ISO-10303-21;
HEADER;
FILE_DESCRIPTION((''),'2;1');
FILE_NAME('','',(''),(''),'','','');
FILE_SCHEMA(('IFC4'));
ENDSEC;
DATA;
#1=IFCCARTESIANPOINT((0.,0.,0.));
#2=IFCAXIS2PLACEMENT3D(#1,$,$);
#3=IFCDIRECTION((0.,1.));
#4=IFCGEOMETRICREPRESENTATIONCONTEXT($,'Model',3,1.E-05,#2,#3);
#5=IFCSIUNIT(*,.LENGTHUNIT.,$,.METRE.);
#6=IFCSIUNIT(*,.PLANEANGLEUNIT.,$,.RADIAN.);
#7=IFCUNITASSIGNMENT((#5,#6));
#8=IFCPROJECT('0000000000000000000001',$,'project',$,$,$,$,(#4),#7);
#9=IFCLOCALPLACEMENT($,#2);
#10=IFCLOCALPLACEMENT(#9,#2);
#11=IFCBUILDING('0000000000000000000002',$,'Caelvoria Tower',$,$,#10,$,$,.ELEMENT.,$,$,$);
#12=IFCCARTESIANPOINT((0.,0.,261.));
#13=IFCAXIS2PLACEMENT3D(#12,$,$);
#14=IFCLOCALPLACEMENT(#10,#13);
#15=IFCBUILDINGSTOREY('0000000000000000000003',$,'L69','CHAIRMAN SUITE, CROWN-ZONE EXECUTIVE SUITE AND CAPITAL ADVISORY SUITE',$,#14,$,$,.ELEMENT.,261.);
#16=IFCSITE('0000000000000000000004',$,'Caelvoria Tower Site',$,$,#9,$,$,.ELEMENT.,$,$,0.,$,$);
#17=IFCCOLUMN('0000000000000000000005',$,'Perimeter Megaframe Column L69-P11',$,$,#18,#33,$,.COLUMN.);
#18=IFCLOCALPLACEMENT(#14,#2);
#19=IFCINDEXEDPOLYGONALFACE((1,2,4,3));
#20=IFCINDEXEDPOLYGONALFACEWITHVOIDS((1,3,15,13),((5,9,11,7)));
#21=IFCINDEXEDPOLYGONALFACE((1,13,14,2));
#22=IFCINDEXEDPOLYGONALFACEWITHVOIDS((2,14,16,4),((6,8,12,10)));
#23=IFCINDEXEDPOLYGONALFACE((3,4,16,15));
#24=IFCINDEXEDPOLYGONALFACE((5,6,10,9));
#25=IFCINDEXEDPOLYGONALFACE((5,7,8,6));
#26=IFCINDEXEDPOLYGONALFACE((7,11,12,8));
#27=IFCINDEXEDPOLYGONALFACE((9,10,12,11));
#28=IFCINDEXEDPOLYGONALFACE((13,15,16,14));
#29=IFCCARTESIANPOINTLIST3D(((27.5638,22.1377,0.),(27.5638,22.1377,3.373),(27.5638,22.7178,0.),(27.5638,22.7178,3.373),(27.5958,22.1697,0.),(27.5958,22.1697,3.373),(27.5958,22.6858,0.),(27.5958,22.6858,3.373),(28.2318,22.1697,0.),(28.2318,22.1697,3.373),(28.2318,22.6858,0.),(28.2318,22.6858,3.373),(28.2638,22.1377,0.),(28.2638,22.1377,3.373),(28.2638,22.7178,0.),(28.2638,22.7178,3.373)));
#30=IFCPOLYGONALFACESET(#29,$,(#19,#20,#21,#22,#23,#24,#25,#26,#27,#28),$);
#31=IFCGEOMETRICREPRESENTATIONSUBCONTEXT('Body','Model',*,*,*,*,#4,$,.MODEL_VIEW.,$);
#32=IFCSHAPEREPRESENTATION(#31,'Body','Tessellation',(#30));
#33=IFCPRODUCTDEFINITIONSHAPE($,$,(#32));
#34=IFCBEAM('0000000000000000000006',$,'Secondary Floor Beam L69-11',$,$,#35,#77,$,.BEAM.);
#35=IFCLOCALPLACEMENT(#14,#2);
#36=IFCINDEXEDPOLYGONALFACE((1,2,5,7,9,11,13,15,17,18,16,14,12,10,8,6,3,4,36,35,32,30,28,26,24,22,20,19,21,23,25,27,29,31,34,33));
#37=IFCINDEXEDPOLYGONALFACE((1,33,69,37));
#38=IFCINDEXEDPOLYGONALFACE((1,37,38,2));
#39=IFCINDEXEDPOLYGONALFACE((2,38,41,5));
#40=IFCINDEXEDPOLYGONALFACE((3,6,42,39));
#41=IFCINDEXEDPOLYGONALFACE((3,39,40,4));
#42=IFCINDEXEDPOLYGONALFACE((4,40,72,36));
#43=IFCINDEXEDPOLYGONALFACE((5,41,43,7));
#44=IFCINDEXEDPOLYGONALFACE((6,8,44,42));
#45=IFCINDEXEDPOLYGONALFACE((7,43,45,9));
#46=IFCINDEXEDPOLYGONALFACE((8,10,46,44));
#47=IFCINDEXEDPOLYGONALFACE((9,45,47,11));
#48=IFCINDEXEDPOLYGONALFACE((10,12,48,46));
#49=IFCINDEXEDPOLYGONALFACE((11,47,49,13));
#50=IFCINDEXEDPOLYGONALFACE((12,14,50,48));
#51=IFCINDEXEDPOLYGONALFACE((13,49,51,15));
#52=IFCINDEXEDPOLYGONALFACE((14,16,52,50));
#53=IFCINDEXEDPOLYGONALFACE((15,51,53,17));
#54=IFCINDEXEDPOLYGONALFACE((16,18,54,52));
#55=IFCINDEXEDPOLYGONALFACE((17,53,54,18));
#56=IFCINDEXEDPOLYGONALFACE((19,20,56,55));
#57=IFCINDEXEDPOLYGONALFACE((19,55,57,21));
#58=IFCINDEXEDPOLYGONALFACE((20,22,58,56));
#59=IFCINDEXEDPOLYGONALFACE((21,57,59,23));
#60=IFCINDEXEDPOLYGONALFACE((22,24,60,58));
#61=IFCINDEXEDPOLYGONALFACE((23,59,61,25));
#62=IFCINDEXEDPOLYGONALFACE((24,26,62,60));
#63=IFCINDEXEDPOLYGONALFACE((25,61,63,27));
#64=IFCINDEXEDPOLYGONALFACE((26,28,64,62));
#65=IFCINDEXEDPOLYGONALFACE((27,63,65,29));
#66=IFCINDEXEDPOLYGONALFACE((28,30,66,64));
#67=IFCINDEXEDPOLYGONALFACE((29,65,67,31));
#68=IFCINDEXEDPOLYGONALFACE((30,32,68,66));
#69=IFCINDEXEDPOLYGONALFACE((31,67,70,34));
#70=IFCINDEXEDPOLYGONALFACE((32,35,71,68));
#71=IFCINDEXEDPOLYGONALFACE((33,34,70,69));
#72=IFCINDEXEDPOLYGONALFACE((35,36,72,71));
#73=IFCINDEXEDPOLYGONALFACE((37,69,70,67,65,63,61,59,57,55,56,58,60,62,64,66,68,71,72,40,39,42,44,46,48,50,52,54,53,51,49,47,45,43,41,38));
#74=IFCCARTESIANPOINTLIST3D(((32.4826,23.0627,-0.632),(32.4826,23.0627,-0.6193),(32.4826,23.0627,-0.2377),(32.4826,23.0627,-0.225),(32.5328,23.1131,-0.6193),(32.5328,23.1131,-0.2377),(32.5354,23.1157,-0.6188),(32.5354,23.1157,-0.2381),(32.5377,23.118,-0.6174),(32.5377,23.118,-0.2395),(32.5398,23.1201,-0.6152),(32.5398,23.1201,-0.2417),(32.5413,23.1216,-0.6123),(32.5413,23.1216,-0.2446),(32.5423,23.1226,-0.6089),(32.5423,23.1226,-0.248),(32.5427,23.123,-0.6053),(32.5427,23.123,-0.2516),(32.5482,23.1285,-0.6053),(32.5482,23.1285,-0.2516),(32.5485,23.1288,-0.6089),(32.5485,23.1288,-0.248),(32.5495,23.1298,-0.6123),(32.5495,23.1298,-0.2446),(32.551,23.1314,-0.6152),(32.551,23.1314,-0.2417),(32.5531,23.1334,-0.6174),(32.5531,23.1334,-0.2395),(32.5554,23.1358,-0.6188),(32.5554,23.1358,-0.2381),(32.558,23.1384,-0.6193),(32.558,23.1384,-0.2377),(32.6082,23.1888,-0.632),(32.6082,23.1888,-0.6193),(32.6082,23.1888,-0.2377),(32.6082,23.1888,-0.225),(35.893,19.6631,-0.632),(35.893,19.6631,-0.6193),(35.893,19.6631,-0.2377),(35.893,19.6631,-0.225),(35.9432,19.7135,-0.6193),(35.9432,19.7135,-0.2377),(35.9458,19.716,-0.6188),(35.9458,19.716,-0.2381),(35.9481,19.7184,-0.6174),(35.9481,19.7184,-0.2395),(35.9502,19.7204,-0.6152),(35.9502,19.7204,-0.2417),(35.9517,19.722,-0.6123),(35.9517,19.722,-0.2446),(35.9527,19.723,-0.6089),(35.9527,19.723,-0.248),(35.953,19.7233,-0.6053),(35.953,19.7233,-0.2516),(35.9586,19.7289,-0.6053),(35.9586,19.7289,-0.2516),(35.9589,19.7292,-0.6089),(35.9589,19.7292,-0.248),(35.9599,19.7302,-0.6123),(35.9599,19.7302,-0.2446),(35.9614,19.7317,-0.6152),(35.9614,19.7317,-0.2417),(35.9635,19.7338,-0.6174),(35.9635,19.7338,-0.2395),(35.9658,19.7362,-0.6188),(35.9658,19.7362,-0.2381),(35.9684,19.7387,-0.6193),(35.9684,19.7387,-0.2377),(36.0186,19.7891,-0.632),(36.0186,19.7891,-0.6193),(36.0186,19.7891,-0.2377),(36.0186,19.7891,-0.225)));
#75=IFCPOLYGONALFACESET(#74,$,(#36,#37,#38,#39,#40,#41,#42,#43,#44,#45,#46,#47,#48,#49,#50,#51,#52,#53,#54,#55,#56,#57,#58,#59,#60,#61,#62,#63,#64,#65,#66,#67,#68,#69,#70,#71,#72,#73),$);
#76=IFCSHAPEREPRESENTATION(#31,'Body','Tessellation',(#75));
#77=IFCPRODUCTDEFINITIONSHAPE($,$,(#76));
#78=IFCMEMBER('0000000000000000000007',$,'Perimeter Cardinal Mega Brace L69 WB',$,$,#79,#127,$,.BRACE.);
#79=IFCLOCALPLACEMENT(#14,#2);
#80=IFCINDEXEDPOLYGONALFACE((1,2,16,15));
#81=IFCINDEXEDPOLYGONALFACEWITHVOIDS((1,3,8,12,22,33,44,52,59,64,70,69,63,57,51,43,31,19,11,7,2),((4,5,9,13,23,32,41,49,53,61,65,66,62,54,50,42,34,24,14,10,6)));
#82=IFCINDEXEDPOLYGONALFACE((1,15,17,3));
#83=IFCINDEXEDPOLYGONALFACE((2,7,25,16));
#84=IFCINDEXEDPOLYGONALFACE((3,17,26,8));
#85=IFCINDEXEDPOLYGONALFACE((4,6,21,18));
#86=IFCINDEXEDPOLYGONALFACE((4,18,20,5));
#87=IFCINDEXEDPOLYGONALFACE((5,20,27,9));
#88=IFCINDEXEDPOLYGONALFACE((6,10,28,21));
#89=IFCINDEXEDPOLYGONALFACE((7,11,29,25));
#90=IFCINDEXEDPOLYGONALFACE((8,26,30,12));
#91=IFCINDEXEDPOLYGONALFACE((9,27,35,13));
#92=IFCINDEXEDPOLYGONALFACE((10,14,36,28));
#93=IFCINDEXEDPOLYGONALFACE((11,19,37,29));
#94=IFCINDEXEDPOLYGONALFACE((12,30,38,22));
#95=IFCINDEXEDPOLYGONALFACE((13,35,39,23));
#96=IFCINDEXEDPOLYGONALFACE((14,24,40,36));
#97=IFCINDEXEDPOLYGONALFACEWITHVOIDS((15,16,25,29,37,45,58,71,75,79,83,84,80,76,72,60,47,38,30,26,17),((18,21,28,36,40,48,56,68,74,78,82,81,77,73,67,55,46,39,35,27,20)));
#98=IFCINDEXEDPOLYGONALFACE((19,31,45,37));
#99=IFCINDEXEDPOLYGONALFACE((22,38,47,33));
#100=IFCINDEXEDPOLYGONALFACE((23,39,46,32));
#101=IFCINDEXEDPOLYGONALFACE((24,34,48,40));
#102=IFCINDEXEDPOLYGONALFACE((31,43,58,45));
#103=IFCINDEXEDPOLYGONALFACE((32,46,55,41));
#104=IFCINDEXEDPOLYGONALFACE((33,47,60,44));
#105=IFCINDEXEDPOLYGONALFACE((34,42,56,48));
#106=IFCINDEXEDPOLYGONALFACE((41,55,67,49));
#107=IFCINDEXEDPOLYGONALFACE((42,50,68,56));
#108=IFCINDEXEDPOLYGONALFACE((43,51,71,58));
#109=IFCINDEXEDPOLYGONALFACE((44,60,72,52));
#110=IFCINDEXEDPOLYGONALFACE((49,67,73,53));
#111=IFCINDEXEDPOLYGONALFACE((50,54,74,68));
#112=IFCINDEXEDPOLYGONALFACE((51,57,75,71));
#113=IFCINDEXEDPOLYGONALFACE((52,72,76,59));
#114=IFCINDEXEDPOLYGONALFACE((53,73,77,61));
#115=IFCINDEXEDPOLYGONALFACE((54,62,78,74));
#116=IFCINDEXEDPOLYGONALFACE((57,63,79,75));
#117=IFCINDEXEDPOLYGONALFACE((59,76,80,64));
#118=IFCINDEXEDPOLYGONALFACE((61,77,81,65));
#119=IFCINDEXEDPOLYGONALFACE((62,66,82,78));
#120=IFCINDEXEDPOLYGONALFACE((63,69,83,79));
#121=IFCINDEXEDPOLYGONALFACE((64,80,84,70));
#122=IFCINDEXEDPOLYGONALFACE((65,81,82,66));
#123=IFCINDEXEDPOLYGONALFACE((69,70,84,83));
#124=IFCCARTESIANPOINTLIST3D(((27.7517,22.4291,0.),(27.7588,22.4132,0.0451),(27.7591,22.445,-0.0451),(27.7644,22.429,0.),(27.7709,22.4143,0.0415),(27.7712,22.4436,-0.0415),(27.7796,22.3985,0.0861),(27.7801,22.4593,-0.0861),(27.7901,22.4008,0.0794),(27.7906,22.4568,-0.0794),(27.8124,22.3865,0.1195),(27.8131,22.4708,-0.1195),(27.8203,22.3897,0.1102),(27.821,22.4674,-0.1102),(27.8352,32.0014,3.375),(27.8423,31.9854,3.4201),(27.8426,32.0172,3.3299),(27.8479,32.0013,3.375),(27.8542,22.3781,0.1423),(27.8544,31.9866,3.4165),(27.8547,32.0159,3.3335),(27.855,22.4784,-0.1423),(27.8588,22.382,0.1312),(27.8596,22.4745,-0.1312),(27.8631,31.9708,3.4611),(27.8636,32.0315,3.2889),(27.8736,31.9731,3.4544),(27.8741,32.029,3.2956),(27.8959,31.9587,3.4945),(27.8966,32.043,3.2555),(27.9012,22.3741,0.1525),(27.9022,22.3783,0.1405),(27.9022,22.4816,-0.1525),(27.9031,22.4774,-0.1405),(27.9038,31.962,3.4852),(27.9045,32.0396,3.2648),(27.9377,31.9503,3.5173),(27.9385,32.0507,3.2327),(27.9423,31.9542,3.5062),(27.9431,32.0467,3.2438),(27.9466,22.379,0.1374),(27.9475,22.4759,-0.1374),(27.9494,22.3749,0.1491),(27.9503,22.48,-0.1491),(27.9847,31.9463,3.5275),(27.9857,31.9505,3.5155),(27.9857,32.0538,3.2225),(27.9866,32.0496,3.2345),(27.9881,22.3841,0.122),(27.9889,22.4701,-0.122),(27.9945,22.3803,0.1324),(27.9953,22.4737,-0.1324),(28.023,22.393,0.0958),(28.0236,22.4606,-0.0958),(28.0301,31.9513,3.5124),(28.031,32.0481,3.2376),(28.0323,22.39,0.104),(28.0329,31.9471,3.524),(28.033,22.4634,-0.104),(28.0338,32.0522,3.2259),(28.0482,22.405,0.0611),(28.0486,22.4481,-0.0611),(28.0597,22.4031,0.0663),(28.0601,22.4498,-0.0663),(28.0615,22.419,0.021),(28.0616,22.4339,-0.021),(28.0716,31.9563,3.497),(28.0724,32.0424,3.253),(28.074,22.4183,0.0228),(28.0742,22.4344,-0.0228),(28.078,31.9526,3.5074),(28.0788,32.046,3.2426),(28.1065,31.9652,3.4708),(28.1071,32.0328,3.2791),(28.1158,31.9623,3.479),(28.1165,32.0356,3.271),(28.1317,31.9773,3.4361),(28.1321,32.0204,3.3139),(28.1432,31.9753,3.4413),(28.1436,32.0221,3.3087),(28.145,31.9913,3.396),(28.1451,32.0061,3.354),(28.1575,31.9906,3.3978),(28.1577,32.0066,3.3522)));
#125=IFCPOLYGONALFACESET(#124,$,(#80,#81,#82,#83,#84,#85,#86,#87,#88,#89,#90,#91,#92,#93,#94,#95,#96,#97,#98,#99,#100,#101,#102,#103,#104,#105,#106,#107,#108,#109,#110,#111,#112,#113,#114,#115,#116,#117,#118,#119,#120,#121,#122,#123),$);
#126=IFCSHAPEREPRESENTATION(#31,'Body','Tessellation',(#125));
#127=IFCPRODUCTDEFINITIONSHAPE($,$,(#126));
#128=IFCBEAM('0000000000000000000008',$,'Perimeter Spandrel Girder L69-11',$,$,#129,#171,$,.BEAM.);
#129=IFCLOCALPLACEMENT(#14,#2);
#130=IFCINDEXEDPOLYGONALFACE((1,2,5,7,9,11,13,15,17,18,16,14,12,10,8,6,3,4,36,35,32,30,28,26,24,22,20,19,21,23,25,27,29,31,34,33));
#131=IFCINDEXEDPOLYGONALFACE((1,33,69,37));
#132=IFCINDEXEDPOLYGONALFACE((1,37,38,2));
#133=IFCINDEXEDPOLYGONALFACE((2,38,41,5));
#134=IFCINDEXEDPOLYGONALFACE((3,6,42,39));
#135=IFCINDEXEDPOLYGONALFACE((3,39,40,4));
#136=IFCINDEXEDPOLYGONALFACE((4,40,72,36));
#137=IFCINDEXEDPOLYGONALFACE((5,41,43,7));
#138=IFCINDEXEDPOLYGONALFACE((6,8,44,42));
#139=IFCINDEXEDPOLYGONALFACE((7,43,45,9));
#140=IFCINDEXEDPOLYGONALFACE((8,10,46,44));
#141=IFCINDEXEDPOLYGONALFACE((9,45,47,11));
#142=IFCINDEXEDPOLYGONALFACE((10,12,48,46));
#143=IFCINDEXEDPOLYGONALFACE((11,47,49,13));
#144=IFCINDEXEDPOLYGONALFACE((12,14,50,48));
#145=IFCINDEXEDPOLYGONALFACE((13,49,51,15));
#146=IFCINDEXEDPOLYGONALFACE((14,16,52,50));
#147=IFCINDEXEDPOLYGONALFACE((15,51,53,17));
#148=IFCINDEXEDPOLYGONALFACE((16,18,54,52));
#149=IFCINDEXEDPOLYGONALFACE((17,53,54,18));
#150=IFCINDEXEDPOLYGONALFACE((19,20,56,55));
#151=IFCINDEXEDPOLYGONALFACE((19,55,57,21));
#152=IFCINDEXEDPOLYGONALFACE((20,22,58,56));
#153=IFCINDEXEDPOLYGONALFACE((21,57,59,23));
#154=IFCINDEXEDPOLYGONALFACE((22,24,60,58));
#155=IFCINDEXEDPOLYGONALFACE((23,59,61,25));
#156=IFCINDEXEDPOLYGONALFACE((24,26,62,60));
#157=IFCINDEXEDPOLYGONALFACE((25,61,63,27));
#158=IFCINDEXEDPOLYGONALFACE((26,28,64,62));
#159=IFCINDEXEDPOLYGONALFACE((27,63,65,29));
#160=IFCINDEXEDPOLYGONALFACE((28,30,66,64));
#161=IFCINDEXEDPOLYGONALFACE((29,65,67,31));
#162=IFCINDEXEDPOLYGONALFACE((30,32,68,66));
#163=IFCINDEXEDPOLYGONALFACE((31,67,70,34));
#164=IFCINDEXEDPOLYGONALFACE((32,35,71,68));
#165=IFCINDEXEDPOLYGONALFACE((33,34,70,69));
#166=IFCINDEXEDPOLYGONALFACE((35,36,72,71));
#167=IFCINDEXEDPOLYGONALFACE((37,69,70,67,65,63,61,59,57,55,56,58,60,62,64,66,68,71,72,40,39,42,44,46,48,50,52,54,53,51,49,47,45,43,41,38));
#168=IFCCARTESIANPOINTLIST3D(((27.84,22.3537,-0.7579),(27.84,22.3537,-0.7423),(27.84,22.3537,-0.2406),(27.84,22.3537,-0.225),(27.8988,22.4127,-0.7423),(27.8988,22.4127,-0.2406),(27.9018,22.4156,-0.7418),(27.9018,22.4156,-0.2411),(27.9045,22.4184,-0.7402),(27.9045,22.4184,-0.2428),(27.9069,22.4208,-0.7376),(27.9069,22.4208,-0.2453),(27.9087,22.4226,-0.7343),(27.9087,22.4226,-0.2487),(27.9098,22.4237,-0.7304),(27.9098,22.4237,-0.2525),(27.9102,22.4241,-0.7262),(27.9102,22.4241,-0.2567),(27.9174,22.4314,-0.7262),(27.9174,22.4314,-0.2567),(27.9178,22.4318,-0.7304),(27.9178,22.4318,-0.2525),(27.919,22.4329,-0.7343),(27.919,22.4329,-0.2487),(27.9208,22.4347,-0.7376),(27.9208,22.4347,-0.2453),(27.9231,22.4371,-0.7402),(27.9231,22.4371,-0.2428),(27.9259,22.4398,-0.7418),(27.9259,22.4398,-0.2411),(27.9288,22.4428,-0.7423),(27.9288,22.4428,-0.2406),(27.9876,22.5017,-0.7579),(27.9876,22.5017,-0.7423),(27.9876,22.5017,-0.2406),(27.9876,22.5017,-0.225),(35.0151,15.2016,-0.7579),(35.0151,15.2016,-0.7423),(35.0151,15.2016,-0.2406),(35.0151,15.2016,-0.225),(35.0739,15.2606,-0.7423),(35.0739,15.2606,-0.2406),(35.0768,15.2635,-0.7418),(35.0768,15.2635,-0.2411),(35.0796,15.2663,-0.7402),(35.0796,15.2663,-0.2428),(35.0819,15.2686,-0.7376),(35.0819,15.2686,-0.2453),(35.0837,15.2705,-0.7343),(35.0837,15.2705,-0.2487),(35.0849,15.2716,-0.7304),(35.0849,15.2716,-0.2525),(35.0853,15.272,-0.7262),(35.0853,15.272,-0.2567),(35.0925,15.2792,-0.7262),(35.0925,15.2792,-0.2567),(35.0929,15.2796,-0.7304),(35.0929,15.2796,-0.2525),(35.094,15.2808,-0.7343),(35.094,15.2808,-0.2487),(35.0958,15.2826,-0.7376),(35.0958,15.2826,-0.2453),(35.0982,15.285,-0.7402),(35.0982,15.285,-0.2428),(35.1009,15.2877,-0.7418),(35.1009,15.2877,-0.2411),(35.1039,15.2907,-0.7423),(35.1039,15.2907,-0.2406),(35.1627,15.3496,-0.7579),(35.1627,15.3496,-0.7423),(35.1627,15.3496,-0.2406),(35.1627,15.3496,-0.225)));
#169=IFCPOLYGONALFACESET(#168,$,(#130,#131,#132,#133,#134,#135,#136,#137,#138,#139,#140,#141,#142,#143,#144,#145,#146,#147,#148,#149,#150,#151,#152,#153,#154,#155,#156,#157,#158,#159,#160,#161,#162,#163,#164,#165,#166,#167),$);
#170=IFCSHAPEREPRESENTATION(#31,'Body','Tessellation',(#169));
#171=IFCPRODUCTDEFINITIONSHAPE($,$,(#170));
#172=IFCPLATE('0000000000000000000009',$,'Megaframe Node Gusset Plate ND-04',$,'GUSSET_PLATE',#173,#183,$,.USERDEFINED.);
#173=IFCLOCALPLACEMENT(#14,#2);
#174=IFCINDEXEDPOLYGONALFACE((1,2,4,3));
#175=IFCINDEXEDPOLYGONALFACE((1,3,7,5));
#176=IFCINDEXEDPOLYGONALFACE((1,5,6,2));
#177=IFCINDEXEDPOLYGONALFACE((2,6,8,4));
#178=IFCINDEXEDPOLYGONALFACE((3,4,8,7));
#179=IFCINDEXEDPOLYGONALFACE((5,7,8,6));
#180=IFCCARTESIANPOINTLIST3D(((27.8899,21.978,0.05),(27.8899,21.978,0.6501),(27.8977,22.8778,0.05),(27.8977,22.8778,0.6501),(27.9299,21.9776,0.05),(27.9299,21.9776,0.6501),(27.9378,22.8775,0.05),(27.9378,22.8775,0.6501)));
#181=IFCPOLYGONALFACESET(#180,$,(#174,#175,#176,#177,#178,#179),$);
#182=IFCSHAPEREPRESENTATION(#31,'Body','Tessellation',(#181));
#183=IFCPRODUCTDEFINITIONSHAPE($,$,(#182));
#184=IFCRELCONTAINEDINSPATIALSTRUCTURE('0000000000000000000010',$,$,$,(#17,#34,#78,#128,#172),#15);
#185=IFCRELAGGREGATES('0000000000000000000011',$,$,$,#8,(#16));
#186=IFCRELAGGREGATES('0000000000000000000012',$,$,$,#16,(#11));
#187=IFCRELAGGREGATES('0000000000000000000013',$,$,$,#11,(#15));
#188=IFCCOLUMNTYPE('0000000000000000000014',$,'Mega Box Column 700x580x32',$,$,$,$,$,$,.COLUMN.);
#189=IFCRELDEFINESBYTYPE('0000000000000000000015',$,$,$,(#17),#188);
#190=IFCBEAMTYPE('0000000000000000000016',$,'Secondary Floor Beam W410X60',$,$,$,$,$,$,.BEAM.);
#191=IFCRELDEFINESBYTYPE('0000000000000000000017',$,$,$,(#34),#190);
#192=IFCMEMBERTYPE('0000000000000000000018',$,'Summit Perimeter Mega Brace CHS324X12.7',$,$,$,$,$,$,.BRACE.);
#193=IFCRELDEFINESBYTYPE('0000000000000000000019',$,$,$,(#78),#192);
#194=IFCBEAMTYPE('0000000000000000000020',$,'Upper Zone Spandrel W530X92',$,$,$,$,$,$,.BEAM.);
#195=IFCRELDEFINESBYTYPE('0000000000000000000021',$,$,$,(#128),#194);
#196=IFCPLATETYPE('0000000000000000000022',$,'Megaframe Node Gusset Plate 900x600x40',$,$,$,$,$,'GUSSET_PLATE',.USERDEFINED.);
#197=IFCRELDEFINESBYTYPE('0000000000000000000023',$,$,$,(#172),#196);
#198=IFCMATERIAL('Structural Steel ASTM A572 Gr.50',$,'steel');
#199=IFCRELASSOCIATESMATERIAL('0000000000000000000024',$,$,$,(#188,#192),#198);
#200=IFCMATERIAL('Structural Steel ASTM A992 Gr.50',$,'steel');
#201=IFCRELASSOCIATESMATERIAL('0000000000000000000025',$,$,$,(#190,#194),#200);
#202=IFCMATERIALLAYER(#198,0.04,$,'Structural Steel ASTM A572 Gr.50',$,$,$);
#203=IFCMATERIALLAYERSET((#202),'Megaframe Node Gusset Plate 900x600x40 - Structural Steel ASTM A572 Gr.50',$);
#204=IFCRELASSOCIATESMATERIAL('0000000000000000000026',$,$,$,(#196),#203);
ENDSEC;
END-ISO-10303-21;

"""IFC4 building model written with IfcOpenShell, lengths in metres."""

from ifc_helpers import new_model, si_unit, direction, frame, origin, origin_2d, place, context, subcontext, project, spatial, rectangle, hollow_rectangle, hollow_circle, i_section, extrude, material, layer, layer_set, material_profile, profile_set, type_object, element, save


model = new_model("IFC4")

# Units and contexts
model_context = context("Model", 3, precision=1e-05, world=origin(), true_north=direction((0.0, 1.0)))
body_context = subcontext(model_context, "Body", "Model", "MODEL_VIEW")
ifc_project = project(units=[si_unit("LENGTHUNIT", "METRE"), si_unit("PLANEANGLEUNIT", "RADIAN")], contexts=[model_context])

# Site, building, storey
site_placement = place(None, origin())
site = spatial("IfcSite", under=ifc_project, at=site_placement, Name="Caelvoria Tower Site", CompositionType="ELEMENT", RefElevation=0.0)
building_placement = place(site_placement, origin())
building = spatial("IfcBuilding", under=site, at=building_placement, Name="Caelvoria Tower", CompositionType="ELEMENT")
storey_placement = place(building_placement, frame((0.0, 0.0, 261.0)))
storey = spatial("IfcBuildingStorey", under=building, at=storey_placement, Name="L69", Description="CHAIRMAN SUITE, CROWN-ZONE EXECUTIVE SUITE AND CAPITAL ADVISORY SUITE", CompositionType="ELEMENT", Elevation=261.0)

# Column
ifc_material_1 = material(Name="Structural Steel ASTM A572 Gr.50", Category="steel")
ifc_material_profile_1 = material_profile(ifc_material_1, hollow_rectangle(XDim=0.5801, YDim=0.7, WallThickness=0.032, at=origin_2d()), Name="Structural Steel ASTM A572 Gr.50")
ifc_profile_set_1 = profile_set([ifc_material_profile_1], Name="BOX700X580X32 - Structural Steel ASTM A572 Gr.50")
column_type = type_object("IfcColumnType", Name="Mega Box Column 700x580x32", PredefinedType="COLUMN", material=ifc_profile_set_1)
column_placement = place(storey_placement, frame((27.9138, 22.4277, 0.0), z_axis=(0.0, 0.0, 1.0), x_axis=(0.0, 1.0, 0.0)))
element("IfcColumn", 1, at=column_placement, inside=storey, type_object=column_type, Name="Perimeter Megaframe Column L69-P11", PredefinedType="COLUMN", context=body_context, shape_type="SweptSolid", body=[
    extrude(hollow_rectangle(XDim=0.5801, YDim=0.7, WallThickness=0.032, at=origin_2d()), origin(), (0.0, 0.0, 1.0), 3.373),
])

# Beam
ifc_material_2 = material(Name="Structural Steel ASTM A992 Gr.50", Category="steel")
ifc_material_profile_2 = material_profile(ifc_material_2, i_section(OverallWidth=0.178, OverallDepth=0.407, WebThickness=0.0078, FlangeThickness=0.0127, FilletRadius=0.0139, at=origin_2d()), Name="Structural Steel ASTM A992 Gr.50")
ifc_profile_set_2 = profile_set([ifc_material_profile_2], Name="W410X60 - Structural Steel ASTM A992 Gr.50")
beam_type_1 = type_object("IfcBeamType", Name="Secondary Floor Beam W410X60", PredefinedType="BEAM", material=ifc_profile_set_2)
beam_1_placement = place(storey_placement, frame((32.5454, 23.1257, -0.4285), z_axis=(0.708221, -0.705991, 0.0), x_axis=(0.705991, 0.708221, 0.0)))
element("IfcBeam", 2, at=beam_1_placement, inside=storey, type_object=beam_type_1, Name="Secondary Floor Beam L69-11", PredefinedType="BEAM", context=body_context, shape_type="SweptSolid", body=[
    extrude(i_section(OverallWidth=0.178, OverallDepth=0.407, WebThickness=0.0078, FlangeThickness=0.0127, FilletRadius=0.0139, at=origin_2d()), origin(), (0.0, 0.0, 1.0), 4.8154),
])

# Member
ifc_material_profile_3 = material_profile(ifc_material_1, hollow_circle(Radius=0.1621, WallThickness=0.0127, at=origin_2d()), Name="Structural Steel ASTM A572 Gr.50")
ifc_profile_set_3 = profile_set([ifc_material_profile_3], Name="CHS324X12.7 - Structural Steel ASTM A572 Gr.50")
member_type = type_object("IfcMemberType", Name="Summit Perimeter Mega Brace CHS324X12.7", PredefinedType="BRACE", material=ifc_profile_set_3)
member_placement = place(storey_placement, frame((27.9138, 22.4277, 0.0), z_axis=(0.008226, 0.943065, 0.332507), x_axis=(-0.999962, 0.008722, 0.0)))
element("IfcMember", 3, at=member_placement, inside=storey, type_object=member_type, Name="Perimeter Cardinal Mega Brace L69 WB", PredefinedType="BRACE", context=body_context, shape_type="SweptSolid", body=[
    extrude(hollow_circle(Radius=0.1621, WallThickness=0.0127, at=origin_2d()), origin(), (0.0, 0.0, 1.0), 10.1501),
])

# Beam
ifc_material_profile_4 = material_profile(ifc_material_2, i_section(OverallWidth=0.209, OverallDepth=0.533, WebThickness=0.0103, FlangeThickness=0.0156, FilletRadius=0.0161, at=origin_2d()), Name="Structural Steel ASTM A992 Gr.50")
ifc_profile_set_4 = profile_set([ifc_material_profile_4], Name="W530X92 - Structural Steel ASTM A992 Gr.50")
beam_type_2 = type_object("IfcBeamType", Name="Upper Zone Spandrel W530X92", PredefinedType="BEAM", material=ifc_profile_set_4)
beam_2_placement = place(storey_placement, frame((27.9138, 22.4277, -0.4915), z_axis=(0.708239, -0.705973, 0.0), x_axis=(0.705973, 0.708239, 0.0)))
element("IfcBeam", 4, at=beam_2_placement, inside=storey, type_object=beam_type_2, Name="Perimeter Spandrel Girder L69-11", PredefinedType="BEAM", context=body_context, shape_type="SweptSolid", body=[
    extrude(i_section(OverallWidth=0.209, OverallDepth=0.533, WebThickness=0.0103, FlangeThickness=0.0156, FilletRadius=0.0161, at=origin_2d()), origin(), (0.0, 0.0, 1.0), 10.1309),
])

# Plate
ifc_layer_1 = layer(ifc_material_1, 0.04, Name="Structural Steel ASTM A572 Gr.50")
ifc_layer_set_1 = layer_set([ifc_layer_1], Name="Megaframe Node Gusset Plate 900x600x40 - Structural Steel ASTM A572 Gr.50")
plate_type = type_object("IfcPlateType", Name="Megaframe Node Gusset Plate 900x600x40", ElementType="GUSSET_PLATE", PredefinedType="USERDEFINED", material=ifc_layer_set_1)
plate_placement = place(storey_placement, frame((27.9138, 22.4277, 0.05), z_axis=(0.0, 0.0, 1.0), x_axis=(0.008734, 0.999962, 0.0)))
element("IfcPlate", 5, at=plate_placement, inside=storey, type_object=plate_type, Name="Megaframe Node Gusset Plate ND-04", ObjectType="GUSSET_PLATE", PredefinedType="USERDEFINED", context=body_context, shape_type="SweptSolid", body=[
    extrude(rectangle(XDim=0.8999, YDim=0.04, at=origin_2d()), origin(), (0.0, 0.0, 1.0), 0.6001),
])

save(model, "model.ifc")
